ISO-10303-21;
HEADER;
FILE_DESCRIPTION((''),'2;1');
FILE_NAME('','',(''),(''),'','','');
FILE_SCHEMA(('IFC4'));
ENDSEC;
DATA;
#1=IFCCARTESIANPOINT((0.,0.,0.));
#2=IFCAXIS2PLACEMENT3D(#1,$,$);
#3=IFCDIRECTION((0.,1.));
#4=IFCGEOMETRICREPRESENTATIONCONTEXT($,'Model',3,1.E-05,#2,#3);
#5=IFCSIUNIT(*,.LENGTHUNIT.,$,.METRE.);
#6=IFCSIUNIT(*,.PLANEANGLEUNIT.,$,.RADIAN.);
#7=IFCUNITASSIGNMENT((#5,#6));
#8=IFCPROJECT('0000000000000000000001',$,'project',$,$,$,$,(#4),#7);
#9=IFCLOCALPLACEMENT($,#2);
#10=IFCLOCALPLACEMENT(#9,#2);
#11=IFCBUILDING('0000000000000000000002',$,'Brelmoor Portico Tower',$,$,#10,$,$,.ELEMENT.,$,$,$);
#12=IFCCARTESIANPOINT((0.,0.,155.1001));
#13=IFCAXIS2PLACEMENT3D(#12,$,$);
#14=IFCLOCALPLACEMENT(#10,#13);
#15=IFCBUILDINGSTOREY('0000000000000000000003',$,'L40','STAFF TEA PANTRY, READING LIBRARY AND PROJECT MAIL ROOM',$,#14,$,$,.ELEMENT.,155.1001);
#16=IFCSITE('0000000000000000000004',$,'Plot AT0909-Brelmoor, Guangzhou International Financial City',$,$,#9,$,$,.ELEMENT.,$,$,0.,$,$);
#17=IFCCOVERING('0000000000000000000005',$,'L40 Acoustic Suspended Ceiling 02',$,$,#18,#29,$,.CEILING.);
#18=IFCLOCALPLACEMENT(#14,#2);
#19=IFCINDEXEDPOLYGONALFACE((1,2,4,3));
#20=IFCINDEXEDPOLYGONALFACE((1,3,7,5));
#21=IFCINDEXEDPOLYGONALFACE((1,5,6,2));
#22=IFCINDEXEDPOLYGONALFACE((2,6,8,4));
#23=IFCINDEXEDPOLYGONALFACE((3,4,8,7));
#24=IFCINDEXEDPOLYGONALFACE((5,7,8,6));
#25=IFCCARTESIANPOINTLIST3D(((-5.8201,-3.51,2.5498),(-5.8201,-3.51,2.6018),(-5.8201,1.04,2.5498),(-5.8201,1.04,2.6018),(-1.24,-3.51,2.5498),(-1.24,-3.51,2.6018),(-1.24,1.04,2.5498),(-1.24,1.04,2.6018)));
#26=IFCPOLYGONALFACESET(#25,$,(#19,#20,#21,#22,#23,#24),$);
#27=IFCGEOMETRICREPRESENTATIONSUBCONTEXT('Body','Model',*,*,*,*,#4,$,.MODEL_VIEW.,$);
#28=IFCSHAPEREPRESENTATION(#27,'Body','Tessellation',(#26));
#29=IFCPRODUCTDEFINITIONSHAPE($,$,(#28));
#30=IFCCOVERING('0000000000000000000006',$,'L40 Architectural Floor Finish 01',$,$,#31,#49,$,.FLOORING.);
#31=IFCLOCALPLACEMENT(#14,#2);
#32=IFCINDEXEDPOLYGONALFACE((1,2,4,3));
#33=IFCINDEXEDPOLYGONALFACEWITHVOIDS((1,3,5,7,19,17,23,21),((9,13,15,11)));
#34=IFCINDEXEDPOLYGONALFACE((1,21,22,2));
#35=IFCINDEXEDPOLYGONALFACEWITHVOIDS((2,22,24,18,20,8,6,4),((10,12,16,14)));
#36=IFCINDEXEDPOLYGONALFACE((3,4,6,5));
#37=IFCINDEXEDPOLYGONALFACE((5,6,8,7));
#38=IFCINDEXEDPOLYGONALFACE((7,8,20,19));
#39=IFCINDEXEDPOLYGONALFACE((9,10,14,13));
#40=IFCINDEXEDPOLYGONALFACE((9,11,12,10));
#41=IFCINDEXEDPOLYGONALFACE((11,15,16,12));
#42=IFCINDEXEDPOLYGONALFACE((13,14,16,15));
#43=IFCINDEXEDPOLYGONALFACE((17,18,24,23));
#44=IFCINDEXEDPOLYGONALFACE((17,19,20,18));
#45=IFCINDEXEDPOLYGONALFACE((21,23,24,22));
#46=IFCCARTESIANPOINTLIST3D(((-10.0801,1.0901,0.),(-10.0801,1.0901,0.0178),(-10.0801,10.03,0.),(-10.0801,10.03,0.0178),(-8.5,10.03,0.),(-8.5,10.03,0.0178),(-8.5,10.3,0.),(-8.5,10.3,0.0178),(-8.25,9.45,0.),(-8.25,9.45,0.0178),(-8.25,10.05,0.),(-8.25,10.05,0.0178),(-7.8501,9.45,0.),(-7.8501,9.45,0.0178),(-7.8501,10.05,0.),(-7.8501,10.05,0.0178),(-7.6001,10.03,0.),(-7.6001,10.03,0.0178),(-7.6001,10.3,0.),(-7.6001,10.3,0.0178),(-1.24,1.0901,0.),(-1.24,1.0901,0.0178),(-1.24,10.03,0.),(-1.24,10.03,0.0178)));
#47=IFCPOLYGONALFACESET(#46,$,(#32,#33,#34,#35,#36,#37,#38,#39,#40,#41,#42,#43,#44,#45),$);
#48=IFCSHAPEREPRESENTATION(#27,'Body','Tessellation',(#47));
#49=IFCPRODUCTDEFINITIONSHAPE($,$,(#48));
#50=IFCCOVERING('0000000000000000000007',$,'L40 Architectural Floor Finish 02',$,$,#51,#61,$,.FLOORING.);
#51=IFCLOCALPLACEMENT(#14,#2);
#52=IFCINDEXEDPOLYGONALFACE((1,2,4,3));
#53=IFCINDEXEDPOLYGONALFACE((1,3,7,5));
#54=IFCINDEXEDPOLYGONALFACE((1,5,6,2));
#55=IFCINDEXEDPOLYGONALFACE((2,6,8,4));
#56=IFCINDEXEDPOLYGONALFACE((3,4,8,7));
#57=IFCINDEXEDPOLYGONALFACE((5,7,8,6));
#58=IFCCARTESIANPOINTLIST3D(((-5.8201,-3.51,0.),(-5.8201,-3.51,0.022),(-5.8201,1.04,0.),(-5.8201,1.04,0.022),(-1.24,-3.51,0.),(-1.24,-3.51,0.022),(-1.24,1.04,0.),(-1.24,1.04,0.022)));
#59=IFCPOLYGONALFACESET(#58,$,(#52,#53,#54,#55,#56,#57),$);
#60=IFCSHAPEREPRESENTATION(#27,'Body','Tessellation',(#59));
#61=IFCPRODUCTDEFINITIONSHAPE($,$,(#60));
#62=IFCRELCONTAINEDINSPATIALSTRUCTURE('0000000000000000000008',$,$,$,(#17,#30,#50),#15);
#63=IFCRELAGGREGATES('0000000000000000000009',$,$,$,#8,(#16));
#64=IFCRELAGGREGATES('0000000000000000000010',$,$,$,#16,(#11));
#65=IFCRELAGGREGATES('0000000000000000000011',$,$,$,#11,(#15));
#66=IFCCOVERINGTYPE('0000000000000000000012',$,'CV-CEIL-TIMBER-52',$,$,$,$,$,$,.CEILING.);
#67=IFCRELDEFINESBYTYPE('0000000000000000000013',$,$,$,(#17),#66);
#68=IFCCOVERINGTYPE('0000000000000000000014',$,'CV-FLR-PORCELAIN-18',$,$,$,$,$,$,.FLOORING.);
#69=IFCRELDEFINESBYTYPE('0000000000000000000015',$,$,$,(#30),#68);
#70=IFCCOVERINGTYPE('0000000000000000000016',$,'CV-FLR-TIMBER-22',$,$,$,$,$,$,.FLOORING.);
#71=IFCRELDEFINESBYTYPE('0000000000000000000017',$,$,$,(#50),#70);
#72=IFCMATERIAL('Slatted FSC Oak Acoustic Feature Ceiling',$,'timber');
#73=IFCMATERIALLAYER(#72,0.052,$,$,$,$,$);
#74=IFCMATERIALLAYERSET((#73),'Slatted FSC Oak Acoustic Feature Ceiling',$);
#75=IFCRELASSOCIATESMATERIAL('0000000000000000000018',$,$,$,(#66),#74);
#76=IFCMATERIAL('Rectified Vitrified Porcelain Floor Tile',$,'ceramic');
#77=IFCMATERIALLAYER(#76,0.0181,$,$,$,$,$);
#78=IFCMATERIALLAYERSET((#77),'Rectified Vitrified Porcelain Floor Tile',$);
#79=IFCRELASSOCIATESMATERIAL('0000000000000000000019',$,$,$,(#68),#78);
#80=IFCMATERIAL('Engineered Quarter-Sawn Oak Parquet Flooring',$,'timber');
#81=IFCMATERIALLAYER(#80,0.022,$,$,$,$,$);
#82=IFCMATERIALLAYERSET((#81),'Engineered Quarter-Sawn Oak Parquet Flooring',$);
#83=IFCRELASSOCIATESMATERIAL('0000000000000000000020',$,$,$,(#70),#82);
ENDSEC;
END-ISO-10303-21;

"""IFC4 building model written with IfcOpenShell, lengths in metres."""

from ifc_helpers import new_model, si_unit, direction, frame, origin, place, context, subcontext, project, spatial, polyline, outline, extrude, material, layer, layer_set, type_object, element, save


model = new_model("IFC4")

# Units and contexts
model_context = context("Model", 3, precision=1e-05, world=origin(), true_north=direction((0.0, 1.0)))
body_context = subcontext(model_context, "Body", "Model", "MODEL_VIEW")
ifc_project = project(units=[si_unit("LENGTHUNIT", "METRE"), si_unit("PLANEANGLEUNIT", "RADIAN")], contexts=[model_context])

# Site, building, storey
site_placement = place(None, origin())
site = spatial("IfcSite", under=ifc_project, at=site_placement, Name="Plot AT0909-Brelmoor, Guangzhou International Financial City", CompositionType="ELEMENT", RefElevation=0.0)
building_placement = place(site_placement, origin())
building = spatial("IfcBuilding", under=site, at=building_placement, Name="Brelmoor Portico Tower", CompositionType="ELEMENT")
storey_placement = place(building_placement, frame((0.0, 0.0, 155.1001)))
storey = spatial("IfcBuildingStorey", under=building, at=storey_placement, Name="L40", Description="STAFF TEA PANTRY, READING LIBRARY AND PROJECT MAIL ROOM", CompositionType="ELEMENT", Elevation=155.1001)

# Coverings
ifc_material_1 = material(Name="Slatted FSC Oak Acoustic Feature Ceiling", Category="timber")
ifc_layer_1 = layer(ifc_material_1, 0.052)
ifc_layer_set_1 = layer_set([ifc_layer_1], Name="Slatted FSC Oak Acoustic Feature Ceiling")
covering_type_1 = type_object("IfcCoveringType", Name="CV-CEIL-TIMBER-52", PredefinedType="CEILING", material=ifc_layer_set_1)
covering_1_placement = place(storey_placement, frame((0.0, 0.0, 2.5498)))
element("IfcCovering", 1, at=covering_1_placement, inside=storey, type_object=covering_type_1, Name="L40 Acoustic Suspended Ceiling 02", PredefinedType="CEILING", context=body_context, shape_type="SweptSolid", body=[
    extrude(outline(polyline([(-5.8201, -3.51), (-5.8201, 1.04), (-1.24, 1.04), (-1.24, -3.51), (-5.8201, -3.51)])), origin(), (0.0, 0.0, 1.0), 0.052),
])
ifc_material_2 = material(Name="Rectified Vitrified Porcelain Floor Tile", Category="ceramic")
ifc_layer_2 = layer(ifc_material_2, 0.0181)
ifc_layer_set_2 = layer_set([ifc_layer_2], Name="Rectified Vitrified Porcelain Floor Tile")
covering_type_2 = type_object("IfcCoveringType", Name="CV-FLR-PORCELAIN-18", PredefinedType="FLOORING", material=ifc_layer_set_2)
covering_2_placement = place(storey_placement, origin())
element("IfcCovering", 2, at=covering_2_placement, inside=storey, type_object=covering_type_2, Name="L40 Architectural Floor Finish 01", PredefinedType="FLOORING", context=body_context, shape_type="SweptSolid", body=[
    extrude(outline(polyline([(-10.0801, 10.03), (-8.5, 10.03), (-8.5, 10.3), (-7.6001, 10.3), (-7.6001, 10.03), (-1.24, 10.03), (-1.24, 1.0901), (-10.0801, 1.0901), (-10.0801, 10.03)]), holes=[polyline([(-7.8501, 9.45), (-7.8501, 10.05), (-8.25, 10.05), (-8.25, 9.45), (-7.8501, 9.45)])]), origin(), (0.0, 0.0, 1.0), 0.0178),
])
ifc_material_3 = material(Name="Engineered Quarter-Sawn Oak Parquet Flooring", Category="timber")
ifc_layer_3 = layer(ifc_material_3, 0.022)
ifc_layer_set_3 = layer_set([ifc_layer_3], Name="Engineered Quarter-Sawn Oak Parquet Flooring")
covering_type_3 = type_object("IfcCoveringType", Name="CV-FLR-TIMBER-22", PredefinedType="FLOORING", material=ifc_layer_set_3)
covering_3_placement = place(storey_placement, origin())
element("IfcCovering", 3, at=covering_3_placement, inside=storey, type_object=covering_type_3, Name="L40 Architectural Floor Finish 02", PredefinedType="FLOORING", context=body_context, shape_type="SweptSolid", body=[
    extrude(outline(polyline([(-5.8201, -3.51), (-5.8201, 1.04), (-1.24, 1.04), (-1.24, -3.51), (-5.8201, -3.51)])), origin(), (0.0, 0.0, 1.0), 0.022),
])

save(model, "model.ifc")
